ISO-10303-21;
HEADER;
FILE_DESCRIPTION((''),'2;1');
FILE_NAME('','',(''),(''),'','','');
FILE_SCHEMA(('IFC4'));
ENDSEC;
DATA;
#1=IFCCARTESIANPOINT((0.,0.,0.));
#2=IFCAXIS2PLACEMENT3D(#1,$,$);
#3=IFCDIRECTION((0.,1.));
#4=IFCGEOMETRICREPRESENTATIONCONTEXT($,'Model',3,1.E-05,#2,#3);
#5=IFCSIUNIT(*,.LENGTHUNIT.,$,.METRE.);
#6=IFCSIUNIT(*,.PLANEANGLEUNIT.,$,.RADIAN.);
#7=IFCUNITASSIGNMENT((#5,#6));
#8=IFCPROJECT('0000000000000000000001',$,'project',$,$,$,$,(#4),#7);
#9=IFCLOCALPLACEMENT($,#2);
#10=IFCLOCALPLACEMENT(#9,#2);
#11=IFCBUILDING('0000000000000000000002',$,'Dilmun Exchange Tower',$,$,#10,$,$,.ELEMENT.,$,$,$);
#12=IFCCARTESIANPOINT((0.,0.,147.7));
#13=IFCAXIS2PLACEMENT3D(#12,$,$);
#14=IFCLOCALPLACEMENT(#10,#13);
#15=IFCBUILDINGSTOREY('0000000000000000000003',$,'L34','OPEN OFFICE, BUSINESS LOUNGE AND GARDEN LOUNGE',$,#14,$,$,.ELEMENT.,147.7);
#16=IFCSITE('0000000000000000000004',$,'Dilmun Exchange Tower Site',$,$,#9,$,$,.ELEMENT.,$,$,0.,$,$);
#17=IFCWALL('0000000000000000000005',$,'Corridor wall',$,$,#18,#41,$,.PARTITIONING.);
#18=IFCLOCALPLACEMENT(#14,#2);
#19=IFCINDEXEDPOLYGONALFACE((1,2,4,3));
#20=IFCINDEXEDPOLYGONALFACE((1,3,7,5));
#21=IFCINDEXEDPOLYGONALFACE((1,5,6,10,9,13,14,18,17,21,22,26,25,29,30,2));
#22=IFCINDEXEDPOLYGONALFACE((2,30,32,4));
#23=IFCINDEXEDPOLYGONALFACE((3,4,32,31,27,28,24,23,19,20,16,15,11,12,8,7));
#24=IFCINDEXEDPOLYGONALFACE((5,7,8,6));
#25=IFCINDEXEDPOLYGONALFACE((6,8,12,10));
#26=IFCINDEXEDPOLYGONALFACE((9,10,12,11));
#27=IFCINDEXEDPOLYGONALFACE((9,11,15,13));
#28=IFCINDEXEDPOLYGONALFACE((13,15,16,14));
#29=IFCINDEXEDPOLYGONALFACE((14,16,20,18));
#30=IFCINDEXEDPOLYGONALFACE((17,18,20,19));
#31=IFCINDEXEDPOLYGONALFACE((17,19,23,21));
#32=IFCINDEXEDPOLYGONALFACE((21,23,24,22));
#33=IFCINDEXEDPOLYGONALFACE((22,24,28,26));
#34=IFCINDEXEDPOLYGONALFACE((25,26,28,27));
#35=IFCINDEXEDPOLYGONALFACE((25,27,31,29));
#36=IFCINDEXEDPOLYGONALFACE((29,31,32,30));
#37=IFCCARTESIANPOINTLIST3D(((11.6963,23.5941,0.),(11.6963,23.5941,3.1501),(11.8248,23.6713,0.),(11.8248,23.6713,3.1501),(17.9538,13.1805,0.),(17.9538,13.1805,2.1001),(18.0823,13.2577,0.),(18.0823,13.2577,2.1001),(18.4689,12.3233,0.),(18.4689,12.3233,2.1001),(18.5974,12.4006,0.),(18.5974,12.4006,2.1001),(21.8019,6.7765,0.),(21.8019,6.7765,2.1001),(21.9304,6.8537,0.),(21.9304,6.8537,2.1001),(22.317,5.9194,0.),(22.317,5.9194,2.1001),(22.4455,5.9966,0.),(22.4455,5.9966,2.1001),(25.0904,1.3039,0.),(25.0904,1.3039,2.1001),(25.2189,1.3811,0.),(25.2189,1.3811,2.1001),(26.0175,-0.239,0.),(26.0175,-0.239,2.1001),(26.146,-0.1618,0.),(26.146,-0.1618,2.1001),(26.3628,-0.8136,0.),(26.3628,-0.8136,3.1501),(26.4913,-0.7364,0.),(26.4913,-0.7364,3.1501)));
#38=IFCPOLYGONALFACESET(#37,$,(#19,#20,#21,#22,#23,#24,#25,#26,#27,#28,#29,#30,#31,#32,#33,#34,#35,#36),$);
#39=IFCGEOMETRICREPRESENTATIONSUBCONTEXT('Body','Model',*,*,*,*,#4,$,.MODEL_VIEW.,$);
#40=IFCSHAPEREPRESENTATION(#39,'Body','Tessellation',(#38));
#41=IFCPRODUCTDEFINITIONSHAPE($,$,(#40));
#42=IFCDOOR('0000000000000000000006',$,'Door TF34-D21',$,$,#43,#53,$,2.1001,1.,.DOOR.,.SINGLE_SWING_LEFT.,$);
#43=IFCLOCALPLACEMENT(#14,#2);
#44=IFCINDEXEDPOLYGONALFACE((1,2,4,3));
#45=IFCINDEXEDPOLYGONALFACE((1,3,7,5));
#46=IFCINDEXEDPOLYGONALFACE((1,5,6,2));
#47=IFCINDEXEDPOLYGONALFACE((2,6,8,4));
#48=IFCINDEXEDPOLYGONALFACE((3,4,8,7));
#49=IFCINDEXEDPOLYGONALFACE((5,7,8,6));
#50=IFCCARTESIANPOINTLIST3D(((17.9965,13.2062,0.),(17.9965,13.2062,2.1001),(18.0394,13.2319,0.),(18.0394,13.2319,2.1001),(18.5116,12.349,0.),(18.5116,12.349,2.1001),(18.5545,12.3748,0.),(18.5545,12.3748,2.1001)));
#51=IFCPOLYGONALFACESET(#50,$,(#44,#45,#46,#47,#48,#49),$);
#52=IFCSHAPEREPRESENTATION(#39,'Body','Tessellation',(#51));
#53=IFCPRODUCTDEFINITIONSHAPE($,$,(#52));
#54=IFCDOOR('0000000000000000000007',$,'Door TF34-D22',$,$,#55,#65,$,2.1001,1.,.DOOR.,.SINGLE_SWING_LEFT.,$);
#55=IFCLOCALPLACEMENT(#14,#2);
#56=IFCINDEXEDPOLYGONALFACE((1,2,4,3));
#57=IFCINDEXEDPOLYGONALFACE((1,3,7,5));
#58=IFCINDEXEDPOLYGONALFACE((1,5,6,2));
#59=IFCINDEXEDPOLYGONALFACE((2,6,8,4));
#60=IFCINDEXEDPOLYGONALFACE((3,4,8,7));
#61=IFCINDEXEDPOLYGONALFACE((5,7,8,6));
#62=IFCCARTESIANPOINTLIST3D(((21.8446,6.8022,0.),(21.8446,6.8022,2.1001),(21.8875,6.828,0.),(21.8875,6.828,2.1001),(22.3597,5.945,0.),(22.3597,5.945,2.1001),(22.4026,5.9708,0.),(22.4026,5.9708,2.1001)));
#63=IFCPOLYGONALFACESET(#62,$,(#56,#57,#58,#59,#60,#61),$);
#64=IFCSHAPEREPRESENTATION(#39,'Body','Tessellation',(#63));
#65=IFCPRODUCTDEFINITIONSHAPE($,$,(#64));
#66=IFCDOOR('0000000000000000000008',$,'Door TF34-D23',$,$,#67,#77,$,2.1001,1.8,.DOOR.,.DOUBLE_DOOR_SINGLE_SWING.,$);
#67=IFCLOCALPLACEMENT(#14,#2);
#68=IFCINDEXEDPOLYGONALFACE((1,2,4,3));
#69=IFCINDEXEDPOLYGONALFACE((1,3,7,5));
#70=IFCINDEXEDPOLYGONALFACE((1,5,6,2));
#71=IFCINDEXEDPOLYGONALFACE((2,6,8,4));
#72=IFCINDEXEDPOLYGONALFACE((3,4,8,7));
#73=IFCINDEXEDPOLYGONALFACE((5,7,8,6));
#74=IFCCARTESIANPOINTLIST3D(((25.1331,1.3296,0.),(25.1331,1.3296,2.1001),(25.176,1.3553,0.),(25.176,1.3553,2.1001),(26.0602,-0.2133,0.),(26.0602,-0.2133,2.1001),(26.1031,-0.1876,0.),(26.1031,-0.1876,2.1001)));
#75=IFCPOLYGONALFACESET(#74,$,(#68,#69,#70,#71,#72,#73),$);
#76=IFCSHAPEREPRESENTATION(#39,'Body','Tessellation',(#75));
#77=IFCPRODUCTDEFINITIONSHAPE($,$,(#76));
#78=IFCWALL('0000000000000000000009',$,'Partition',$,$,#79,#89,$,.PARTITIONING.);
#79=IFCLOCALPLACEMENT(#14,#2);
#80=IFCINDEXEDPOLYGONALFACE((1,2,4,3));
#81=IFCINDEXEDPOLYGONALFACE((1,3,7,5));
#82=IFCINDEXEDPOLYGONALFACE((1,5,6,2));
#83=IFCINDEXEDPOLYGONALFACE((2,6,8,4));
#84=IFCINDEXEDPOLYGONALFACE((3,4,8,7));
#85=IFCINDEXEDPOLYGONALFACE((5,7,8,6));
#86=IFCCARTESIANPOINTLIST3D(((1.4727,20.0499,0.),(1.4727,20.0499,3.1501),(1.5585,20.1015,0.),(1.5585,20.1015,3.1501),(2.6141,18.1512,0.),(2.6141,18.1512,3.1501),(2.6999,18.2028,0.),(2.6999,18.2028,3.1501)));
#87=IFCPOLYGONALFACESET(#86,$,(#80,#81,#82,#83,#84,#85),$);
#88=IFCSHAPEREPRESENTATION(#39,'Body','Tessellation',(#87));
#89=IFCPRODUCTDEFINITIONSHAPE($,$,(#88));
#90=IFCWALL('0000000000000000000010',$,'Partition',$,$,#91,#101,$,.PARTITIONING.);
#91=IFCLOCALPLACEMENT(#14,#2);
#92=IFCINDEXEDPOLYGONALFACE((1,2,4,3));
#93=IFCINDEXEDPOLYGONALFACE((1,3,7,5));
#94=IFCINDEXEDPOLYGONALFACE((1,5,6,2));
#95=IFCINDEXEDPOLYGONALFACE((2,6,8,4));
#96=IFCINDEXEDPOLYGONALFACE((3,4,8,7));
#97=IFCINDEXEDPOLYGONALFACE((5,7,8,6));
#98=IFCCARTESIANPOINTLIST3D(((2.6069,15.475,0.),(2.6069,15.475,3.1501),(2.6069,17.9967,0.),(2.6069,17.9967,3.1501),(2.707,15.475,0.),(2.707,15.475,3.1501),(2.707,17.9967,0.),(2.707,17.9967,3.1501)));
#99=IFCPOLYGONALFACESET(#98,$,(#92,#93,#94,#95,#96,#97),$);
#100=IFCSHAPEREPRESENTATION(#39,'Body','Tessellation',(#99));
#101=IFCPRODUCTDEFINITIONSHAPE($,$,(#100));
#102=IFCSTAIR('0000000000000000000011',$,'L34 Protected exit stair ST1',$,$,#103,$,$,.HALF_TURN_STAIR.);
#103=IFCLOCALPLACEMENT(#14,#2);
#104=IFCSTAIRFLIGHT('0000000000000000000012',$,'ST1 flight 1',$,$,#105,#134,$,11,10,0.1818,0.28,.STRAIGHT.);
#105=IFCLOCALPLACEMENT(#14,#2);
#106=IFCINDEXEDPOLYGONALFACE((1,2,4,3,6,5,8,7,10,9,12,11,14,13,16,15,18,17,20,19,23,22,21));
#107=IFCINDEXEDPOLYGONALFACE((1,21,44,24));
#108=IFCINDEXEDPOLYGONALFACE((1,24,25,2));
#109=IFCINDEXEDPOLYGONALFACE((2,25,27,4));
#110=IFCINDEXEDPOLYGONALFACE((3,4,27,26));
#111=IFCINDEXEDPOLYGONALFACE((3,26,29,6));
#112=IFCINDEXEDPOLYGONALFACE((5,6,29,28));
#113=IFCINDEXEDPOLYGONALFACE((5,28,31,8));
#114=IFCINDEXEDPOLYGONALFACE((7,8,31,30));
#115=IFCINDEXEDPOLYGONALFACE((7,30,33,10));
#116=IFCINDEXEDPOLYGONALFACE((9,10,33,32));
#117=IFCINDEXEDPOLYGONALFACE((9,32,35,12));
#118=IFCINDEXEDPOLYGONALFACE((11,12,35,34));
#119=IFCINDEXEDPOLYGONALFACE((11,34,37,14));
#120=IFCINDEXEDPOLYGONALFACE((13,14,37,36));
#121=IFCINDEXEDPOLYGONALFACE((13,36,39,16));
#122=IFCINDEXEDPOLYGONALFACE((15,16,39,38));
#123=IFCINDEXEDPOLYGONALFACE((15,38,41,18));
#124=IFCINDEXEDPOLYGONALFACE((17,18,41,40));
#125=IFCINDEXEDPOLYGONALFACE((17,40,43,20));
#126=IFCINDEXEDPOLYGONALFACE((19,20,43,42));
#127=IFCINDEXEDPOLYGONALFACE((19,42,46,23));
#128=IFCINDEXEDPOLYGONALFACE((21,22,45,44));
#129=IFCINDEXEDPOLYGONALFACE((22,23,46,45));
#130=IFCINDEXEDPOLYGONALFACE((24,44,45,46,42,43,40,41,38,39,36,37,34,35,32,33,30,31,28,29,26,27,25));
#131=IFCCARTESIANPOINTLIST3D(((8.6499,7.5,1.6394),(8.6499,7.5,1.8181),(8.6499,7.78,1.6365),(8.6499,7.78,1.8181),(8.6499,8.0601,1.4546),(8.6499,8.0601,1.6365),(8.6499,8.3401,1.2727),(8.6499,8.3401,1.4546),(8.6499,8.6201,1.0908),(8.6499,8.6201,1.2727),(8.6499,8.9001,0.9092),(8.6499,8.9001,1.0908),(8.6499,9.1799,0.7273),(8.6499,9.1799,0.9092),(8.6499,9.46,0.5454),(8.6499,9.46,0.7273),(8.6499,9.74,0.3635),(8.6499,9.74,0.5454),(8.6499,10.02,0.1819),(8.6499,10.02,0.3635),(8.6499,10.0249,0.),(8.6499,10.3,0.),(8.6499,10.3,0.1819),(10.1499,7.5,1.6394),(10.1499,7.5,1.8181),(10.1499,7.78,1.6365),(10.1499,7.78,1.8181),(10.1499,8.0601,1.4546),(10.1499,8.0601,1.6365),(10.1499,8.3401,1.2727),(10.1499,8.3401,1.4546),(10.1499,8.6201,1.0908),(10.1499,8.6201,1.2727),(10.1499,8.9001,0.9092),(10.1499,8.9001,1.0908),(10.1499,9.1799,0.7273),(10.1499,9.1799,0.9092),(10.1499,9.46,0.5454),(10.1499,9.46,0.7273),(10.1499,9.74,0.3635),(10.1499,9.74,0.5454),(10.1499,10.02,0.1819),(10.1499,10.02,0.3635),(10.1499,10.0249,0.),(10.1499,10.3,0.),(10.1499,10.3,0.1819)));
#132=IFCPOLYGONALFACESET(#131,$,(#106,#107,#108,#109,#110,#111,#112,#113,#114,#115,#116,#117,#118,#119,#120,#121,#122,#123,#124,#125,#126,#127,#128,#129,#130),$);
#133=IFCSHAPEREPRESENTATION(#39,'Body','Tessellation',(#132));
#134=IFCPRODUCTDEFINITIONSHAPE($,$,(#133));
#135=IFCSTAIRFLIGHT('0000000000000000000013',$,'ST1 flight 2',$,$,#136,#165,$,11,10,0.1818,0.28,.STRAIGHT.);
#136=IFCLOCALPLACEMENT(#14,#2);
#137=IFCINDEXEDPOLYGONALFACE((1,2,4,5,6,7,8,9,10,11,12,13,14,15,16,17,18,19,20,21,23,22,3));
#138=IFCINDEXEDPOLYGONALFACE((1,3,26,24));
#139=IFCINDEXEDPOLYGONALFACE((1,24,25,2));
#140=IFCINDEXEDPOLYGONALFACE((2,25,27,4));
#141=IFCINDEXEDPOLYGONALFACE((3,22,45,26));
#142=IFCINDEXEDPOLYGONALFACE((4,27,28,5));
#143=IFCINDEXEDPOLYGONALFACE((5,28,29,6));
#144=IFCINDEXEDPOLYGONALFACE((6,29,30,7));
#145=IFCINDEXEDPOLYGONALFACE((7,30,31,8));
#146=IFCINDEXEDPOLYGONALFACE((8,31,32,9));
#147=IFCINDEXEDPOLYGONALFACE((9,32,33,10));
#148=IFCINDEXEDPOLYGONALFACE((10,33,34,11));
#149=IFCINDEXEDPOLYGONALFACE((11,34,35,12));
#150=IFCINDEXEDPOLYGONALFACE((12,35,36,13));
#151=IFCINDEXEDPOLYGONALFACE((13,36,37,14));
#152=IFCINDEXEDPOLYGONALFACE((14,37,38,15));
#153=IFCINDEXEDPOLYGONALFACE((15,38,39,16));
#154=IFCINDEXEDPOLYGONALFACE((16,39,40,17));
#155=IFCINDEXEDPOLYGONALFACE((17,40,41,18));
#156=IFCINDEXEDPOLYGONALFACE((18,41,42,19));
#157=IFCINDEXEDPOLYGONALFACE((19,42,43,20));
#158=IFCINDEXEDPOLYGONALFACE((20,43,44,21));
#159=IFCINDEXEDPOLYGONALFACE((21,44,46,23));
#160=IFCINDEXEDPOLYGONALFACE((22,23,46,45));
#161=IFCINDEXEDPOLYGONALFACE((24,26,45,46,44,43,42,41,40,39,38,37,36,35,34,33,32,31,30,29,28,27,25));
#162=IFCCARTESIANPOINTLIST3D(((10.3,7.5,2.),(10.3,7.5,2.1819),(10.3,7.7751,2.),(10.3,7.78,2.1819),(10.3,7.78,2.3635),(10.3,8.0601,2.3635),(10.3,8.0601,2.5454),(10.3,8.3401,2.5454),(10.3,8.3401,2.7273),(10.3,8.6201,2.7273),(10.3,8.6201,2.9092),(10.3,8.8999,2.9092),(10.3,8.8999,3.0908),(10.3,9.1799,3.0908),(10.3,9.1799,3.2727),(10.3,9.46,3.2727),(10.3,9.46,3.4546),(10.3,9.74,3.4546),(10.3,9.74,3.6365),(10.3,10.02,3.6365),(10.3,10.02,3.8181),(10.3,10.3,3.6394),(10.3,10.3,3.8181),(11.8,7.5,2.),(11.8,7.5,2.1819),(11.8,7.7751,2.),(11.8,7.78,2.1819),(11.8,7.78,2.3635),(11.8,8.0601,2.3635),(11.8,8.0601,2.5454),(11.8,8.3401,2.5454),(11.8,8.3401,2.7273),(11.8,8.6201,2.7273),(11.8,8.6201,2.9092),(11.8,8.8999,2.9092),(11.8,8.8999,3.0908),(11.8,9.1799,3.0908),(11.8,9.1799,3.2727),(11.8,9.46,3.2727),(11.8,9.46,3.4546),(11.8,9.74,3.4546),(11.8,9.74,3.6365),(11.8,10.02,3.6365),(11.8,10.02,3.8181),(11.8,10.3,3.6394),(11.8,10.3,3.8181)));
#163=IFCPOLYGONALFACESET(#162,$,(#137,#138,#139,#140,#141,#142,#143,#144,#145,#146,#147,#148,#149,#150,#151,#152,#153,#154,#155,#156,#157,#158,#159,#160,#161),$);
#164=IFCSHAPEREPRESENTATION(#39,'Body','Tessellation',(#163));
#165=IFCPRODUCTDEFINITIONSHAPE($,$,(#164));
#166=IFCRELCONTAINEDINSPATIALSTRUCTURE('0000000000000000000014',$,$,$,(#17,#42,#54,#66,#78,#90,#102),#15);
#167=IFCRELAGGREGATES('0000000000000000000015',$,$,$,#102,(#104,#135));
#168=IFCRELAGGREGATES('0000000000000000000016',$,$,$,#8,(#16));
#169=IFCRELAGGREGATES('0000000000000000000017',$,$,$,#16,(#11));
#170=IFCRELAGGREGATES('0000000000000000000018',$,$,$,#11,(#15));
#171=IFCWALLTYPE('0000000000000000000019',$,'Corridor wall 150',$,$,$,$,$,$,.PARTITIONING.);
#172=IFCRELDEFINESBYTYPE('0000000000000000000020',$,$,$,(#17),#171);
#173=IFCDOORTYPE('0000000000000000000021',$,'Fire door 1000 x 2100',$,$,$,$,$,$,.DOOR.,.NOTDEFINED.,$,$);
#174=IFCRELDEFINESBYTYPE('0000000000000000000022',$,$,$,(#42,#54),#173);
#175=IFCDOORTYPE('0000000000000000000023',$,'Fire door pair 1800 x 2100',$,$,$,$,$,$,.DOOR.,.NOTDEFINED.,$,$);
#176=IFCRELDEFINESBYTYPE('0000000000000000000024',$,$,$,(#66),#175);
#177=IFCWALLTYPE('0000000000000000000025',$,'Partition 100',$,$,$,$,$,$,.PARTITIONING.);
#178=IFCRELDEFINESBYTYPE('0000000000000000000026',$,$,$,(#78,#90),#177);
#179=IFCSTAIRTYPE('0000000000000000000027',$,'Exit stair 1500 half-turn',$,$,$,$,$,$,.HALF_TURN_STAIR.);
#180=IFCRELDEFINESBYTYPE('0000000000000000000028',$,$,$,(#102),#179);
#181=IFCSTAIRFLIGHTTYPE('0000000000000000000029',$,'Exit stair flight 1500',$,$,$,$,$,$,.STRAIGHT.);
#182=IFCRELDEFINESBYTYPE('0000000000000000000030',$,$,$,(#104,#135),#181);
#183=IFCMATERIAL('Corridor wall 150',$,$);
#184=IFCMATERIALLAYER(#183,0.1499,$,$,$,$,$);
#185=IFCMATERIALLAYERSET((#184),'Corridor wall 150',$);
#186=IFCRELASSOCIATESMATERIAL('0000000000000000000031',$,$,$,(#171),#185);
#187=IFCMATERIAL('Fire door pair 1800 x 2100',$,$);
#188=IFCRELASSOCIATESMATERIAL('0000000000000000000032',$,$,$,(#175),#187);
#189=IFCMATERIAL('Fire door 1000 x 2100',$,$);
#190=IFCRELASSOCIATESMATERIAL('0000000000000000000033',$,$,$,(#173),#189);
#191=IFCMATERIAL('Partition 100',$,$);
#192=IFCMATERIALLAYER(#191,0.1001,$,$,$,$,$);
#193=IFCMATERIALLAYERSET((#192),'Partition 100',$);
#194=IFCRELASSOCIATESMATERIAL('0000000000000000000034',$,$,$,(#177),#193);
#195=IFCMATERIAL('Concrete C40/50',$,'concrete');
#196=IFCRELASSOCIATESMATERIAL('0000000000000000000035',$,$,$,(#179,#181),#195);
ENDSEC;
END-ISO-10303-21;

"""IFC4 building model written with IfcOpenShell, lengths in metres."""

from ifc_helpers import new_model, si_unit, direction, frame, frame_2d, origin, place, context, subcontext, project, spatial, polyline, rectangle, outline, extrude, material, layer, layer_set, type_object, element, fill, aggregate, save


model = new_model("IFC4")

# Units and contexts
model_context = context("Model", 3, precision=1e-05, world=origin(), true_north=direction((0.0, 1.0)))
body_context = subcontext(model_context, "Body", "Model", "MODEL_VIEW")
ifc_project = project(units=[si_unit("LENGTHUNIT", "METRE"), si_unit("PLANEANGLEUNIT", "RADIAN")], contexts=[model_context])

# Site, building, storey
site_placement = place(None, origin())
site = spatial("IfcSite", under=ifc_project, at=site_placement, Name="Dilmun Exchange Tower Site", CompositionType="ELEMENT", RefElevation=0.0)
building_placement = place(site_placement, origin())
building = spatial("IfcBuilding", under=site, at=building_placement, Name="Dilmun Exchange Tower", CompositionType="ELEMENT")
storey_placement = place(building_placement, frame((0.0, 0.0, 147.7)))
storey = spatial("IfcBuildingStorey", under=building, at=storey_placement, Name="L34", Description="OPEN OFFICE, BUSINESS LOUNGE AND GARDEN LOUNGE", CompositionType="ELEMENT", Elevation=147.7)

# Shared definitions
ifc_material_1 = material(Name="Concrete C40/50", Category="concrete")

# Shared definitions
ifc_material_2 = material(Name="Corridor wall 150")
ifc_layer_1 = layer(ifc_material_2, 0.1499)
ifc_layer_set_1 = layer_set([ifc_layer_1], Name="Corridor wall 150")
wall_type_1 = type_object("IfcWallType", Name="Corridor wall 150", PredefinedType="PARTITIONING", material=ifc_layer_set_1)

# Shared definitions
ifc_material_3 = material(Name="Fire door pair 1800 x 2100")
door_type_1 = type_object("IfcDoorType", Name="Fire door pair 1800 x 2100", OperationType="NOTDEFINED", PredefinedType="DOOR", material=ifc_material_3)

# Wall, openings, doors
wall_1_placement = place(storey_placement, frame((11.7605, 23.6328, 0.0), z_axis=(0.0, 0.0, 1.0), x_axis=(0.515061, -0.857154, 0.0)))
wall_1 = element("IfcWall", 1, at=wall_1_placement, inside=storey, type_object=wall_type_1, Name="Corridor wall", PredefinedType="PARTITIONING", context=body_context, shape_type="SweptSolid", body=[
    extrude(rectangle(XDim=28.4753, YDim=0.1499, at=frame_2d((14.2378, 0.0))), origin(), (0.0, 0.0, 1.0), 3.1501),
])
opening_1_placement = place(wall_1_placement, frame((12.1492, 0.0, 0.0)))
opening_1 = element("IfcOpeningElement", 2, at=opening_1_placement, cuts=wall_1, PredefinedType="OPENING", context=body_context, shape_type="SweptSolid", body=[
    extrude(rectangle(XDim=1.0, YDim=2.1001, at=frame_2d((0.5, 1.05))), frame((0.0, 0.085, 0.0), z_axis=(0.0, -1.0, 0.0), x_axis=(1.0, 0.0, 0.0)), (0.0, 0.0, 1.0), 0.1699),
])
opening_2_placement = place(wall_1_placement, frame((19.6204, 0.0, 0.0)))
opening_2 = element("IfcOpeningElement", 3, at=opening_2_placement, cuts=wall_1, PredefinedType="OPENING", context=body_context, shape_type="SweptSolid", body=[
    extrude(rectangle(XDim=1.0, YDim=2.1001, at=frame_2d((0.5, 1.05))), frame((0.0, 0.085, 0.0), z_axis=(0.0, -1.0, 0.0), x_axis=(1.0, 0.0, 0.0)), (0.0, 0.0, 1.0), 0.1699),
])
opening_3_placement = place(wall_1_placement, frame((26.0051, 0.0, 0.0)))
opening_3 = element("IfcOpeningElement", 4, at=opening_3_placement, cuts=wall_1, PredefinedType="OPENING", context=body_context, shape_type="SweptSolid", body=[
    extrude(rectangle(XDim=1.8, YDim=2.1001, at=frame_2d((0.8999, 1.05))), frame((0.0, 0.085, 0.0), z_axis=(0.0, -1.0, 0.0), x_axis=(1.0, 0.0, 0.0)), (0.0, 0.0, 1.0), 0.1699),
])
ifc_material_4 = material(Name="Fire door 1000 x 2100")
door_type_2 = type_object("IfcDoorType", Name="Fire door 1000 x 2100", OperationType="NOTDEFINED", PredefinedType="DOOR", material=ifc_material_4)
door_1_placement = place(opening_1_placement, origin())
door_1 = element("IfcDoor", 5, at=door_1_placement, inside=storey, type_object=door_type_2, Name="Door TF34-D21", OperationType="SINGLE_SWING_LEFT", OverallHeight=2.1001, OverallWidth=1.0, PredefinedType="DOOR", context=body_context, shape_type="SweptSolid", body=[
    extrude(rectangle(XDim=1.0, YDim=2.1001, at=frame_2d((0.5, 1.05))), frame((0.0, 0.0249, 0.0), z_axis=(0.0, -1.0, 0.0), x_axis=(1.0, 0.0, 0.0)), (0.0, 0.0, 1.0), 0.05),
])
fill(opening_1, door_1)
door_2_placement = place(opening_2_placement, origin())
door_2 = element("IfcDoor", 6, at=door_2_placement, inside=storey, type_object=door_type_2, Name="Door TF34-D22", OperationType="SINGLE_SWING_LEFT", OverallHeight=2.1001, OverallWidth=1.0, PredefinedType="DOOR", context=body_context, shape_type="SweptSolid", body=[
    extrude(rectangle(XDim=1.0, YDim=2.1001, at=frame_2d((0.5, 1.05))), frame((0.0, 0.0249, 0.0), z_axis=(0.0, -1.0, 0.0), x_axis=(1.0, 0.0, 0.0)), (0.0, 0.0, 1.0), 0.05),
])
fill(opening_2, door_2)
door_3_placement = place(opening_3_placement, origin())
door_3 = element("IfcDoor", 7, at=door_3_placement, inside=storey, type_object=door_type_1, Name="Door TF34-D23", OperationType="DOUBLE_DOOR_SINGLE_SWING", OverallHeight=2.1001, OverallWidth=1.8, PredefinedType="DOOR", context=body_context, shape_type="SweptSolid", body=[
    extrude(rectangle(XDim=1.8, YDim=2.1001, at=frame_2d((0.8999, 1.05))), frame((0.0, 0.0249, 0.0), z_axis=(0.0, -1.0, 0.0), x_axis=(1.0, 0.0, 0.0)), (0.0, 0.0, 1.0), 0.05),
])
fill(opening_3, door_3)

# Walls
ifc_material_5 = material(Name="Partition 100")
ifc_layer_2 = layer(ifc_material_5, 0.1001)
ifc_layer_set_2 = layer_set([ifc_layer_2], Name="Partition 100")
wall_type_2 = type_object("IfcWallType", Name="Partition 100", PredefinedType="PARTITIONING", material=ifc_layer_set_2)
wall_2_placement = place(storey_placement, frame((1.5156, 20.0757, 0.0), z_axis=(0.0, 0.0, 1.0), x_axis=(0.515209, -0.857065, 0.0)))
element("IfcWall", 8, at=wall_2_placement, inside=storey, type_object=wall_type_2, Name="Partition", PredefinedType="PARTITIONING", context=body_context, shape_type="SweptSolid", body=[
    extrude(rectangle(XDim=2.2153, YDim=0.1001, at=frame_2d((1.1077, 0.0))), origin(), (0.0, 0.0, 1.0), 3.1501),
])
wall_3_placement = place(storey_placement, frame((2.657, 15.4751, 0.0), z_axis=(0.0, 0.0, 1.0), x_axis=(0.0, 1.0, 0.0)))
element("IfcWall", 9, at=wall_3_placement, inside=storey, type_object=wall_type_2, Name="Partition", PredefinedType="PARTITIONING", context=body_context, shape_type="SweptSolid", body=[
    extrude(rectangle(XDim=2.5217, YDim=0.1001, at=frame_2d((1.2607, 0.0))), origin(), (0.0, 0.0, 1.0), 3.1501),
])

# Stair, stair flights
stair_type = type_object("IfcStairType", Name="Exit stair 1500 half-turn", PredefinedType="HALF_TURN_STAIR", material=ifc_material_1)
stair_placement = place(storey_placement, origin())
stair = element("IfcStair", 10, at=stair_placement, inside=storey, type_object=stair_type, Name="L34 Protected exit stair ST1", PredefinedType="HALF_TURN_STAIR")
stair_flight_type = type_object("IfcStairFlightType", Name="Exit stair flight 1500", PredefinedType="STRAIGHT", material=ifc_material_1)
stair_flight_1_placement = place(storey_placement, frame((9.3999, 10.3, 0.0), z_axis=(0.0, 0.0, 1.0), x_axis=(0.0, -1.0, 0.0)))
stair_flight_1 = element("IfcStairFlight", 11, at=stair_flight_1_placement, type_object=stair_flight_type, Name="ST1 flight 1", NumberOfRisers=11, NumberOfTreads=10, PredefinedType="STRAIGHT", RiserHeight=0.1818, TreadLength=0.28, context=body_context, shape_type="SweptSolid", body=[
    extrude(outline(polyline([(0.0, 0.0), (0.0, 0.1819), (0.28, 0.1819), (0.28, 0.3635), (0.5601, 0.3635), (0.5601, 0.5454), (0.8401, 0.5454), (0.8401, 0.7273), (1.1201, 0.7273), (1.1201, 0.9092), (1.3999, 0.9092), (1.3999, 1.0908), (1.6799, 1.0908), (1.6799, 1.2727), (1.96, 1.2727), (1.96, 1.4546), (2.24, 1.4546), (2.24, 1.6365), (2.52, 1.6365), (2.52, 1.8181), (2.8, 1.8181), (2.8, 2.0), (2.8, 1.6394), (0.2751, 0.0), (0.0, 0.0)])), frame((0.0, 0.75, 0.0), z_axis=(0.0, -1.0, 0.0), x_axis=(1.0, 0.0, 0.0)), (0.0, 0.0, 1.0), 1.5),
])
stair_flight_2_placement = place(storey_placement, frame((11.05, 7.5, 2.0), z_axis=(0.0, 0.0, 1.0), x_axis=(0.0, 1.0, 0.0)))
stair_flight_2 = element("IfcStairFlight", 12, at=stair_flight_2_placement, type_object=stair_flight_type, Name="ST1 flight 2", NumberOfRisers=11, NumberOfTreads=10, PredefinedType="STRAIGHT", RiserHeight=0.1818, TreadLength=0.28, context=body_context, shape_type="SweptSolid", body=[
    extrude(outline(polyline([(0.0, 0.0), (0.0, 0.1819), (0.28, 0.1819), (0.28, 0.3635), (0.5601, 0.3635), (0.5601, 0.5454), (0.8401, 0.5454), (0.8401, 0.7273), (1.1201, 0.7273), (1.1201, 0.9092), (1.3999, 0.9092), (1.3999, 1.0908), (1.6799, 1.0908), (1.6799, 1.2727), (1.96, 1.2727), (1.96, 1.4546), (2.24, 1.4546), (2.24, 1.6365), (2.52, 1.6365), (2.52, 1.8181), (2.8, 1.8181), (2.8, 2.0), (2.8, 1.6394), (0.2751, 0.0), (0.0, 0.0)])), frame((0.0, 0.75, 0.0), z_axis=(0.0, -1.0, 0.0), x_axis=(1.0, 0.0, 0.0)), (0.0, 0.0, 1.0), 1.5),
])
aggregate(stair, [stair_flight_1, stair_flight_2])

save(model, "model.ifc")
